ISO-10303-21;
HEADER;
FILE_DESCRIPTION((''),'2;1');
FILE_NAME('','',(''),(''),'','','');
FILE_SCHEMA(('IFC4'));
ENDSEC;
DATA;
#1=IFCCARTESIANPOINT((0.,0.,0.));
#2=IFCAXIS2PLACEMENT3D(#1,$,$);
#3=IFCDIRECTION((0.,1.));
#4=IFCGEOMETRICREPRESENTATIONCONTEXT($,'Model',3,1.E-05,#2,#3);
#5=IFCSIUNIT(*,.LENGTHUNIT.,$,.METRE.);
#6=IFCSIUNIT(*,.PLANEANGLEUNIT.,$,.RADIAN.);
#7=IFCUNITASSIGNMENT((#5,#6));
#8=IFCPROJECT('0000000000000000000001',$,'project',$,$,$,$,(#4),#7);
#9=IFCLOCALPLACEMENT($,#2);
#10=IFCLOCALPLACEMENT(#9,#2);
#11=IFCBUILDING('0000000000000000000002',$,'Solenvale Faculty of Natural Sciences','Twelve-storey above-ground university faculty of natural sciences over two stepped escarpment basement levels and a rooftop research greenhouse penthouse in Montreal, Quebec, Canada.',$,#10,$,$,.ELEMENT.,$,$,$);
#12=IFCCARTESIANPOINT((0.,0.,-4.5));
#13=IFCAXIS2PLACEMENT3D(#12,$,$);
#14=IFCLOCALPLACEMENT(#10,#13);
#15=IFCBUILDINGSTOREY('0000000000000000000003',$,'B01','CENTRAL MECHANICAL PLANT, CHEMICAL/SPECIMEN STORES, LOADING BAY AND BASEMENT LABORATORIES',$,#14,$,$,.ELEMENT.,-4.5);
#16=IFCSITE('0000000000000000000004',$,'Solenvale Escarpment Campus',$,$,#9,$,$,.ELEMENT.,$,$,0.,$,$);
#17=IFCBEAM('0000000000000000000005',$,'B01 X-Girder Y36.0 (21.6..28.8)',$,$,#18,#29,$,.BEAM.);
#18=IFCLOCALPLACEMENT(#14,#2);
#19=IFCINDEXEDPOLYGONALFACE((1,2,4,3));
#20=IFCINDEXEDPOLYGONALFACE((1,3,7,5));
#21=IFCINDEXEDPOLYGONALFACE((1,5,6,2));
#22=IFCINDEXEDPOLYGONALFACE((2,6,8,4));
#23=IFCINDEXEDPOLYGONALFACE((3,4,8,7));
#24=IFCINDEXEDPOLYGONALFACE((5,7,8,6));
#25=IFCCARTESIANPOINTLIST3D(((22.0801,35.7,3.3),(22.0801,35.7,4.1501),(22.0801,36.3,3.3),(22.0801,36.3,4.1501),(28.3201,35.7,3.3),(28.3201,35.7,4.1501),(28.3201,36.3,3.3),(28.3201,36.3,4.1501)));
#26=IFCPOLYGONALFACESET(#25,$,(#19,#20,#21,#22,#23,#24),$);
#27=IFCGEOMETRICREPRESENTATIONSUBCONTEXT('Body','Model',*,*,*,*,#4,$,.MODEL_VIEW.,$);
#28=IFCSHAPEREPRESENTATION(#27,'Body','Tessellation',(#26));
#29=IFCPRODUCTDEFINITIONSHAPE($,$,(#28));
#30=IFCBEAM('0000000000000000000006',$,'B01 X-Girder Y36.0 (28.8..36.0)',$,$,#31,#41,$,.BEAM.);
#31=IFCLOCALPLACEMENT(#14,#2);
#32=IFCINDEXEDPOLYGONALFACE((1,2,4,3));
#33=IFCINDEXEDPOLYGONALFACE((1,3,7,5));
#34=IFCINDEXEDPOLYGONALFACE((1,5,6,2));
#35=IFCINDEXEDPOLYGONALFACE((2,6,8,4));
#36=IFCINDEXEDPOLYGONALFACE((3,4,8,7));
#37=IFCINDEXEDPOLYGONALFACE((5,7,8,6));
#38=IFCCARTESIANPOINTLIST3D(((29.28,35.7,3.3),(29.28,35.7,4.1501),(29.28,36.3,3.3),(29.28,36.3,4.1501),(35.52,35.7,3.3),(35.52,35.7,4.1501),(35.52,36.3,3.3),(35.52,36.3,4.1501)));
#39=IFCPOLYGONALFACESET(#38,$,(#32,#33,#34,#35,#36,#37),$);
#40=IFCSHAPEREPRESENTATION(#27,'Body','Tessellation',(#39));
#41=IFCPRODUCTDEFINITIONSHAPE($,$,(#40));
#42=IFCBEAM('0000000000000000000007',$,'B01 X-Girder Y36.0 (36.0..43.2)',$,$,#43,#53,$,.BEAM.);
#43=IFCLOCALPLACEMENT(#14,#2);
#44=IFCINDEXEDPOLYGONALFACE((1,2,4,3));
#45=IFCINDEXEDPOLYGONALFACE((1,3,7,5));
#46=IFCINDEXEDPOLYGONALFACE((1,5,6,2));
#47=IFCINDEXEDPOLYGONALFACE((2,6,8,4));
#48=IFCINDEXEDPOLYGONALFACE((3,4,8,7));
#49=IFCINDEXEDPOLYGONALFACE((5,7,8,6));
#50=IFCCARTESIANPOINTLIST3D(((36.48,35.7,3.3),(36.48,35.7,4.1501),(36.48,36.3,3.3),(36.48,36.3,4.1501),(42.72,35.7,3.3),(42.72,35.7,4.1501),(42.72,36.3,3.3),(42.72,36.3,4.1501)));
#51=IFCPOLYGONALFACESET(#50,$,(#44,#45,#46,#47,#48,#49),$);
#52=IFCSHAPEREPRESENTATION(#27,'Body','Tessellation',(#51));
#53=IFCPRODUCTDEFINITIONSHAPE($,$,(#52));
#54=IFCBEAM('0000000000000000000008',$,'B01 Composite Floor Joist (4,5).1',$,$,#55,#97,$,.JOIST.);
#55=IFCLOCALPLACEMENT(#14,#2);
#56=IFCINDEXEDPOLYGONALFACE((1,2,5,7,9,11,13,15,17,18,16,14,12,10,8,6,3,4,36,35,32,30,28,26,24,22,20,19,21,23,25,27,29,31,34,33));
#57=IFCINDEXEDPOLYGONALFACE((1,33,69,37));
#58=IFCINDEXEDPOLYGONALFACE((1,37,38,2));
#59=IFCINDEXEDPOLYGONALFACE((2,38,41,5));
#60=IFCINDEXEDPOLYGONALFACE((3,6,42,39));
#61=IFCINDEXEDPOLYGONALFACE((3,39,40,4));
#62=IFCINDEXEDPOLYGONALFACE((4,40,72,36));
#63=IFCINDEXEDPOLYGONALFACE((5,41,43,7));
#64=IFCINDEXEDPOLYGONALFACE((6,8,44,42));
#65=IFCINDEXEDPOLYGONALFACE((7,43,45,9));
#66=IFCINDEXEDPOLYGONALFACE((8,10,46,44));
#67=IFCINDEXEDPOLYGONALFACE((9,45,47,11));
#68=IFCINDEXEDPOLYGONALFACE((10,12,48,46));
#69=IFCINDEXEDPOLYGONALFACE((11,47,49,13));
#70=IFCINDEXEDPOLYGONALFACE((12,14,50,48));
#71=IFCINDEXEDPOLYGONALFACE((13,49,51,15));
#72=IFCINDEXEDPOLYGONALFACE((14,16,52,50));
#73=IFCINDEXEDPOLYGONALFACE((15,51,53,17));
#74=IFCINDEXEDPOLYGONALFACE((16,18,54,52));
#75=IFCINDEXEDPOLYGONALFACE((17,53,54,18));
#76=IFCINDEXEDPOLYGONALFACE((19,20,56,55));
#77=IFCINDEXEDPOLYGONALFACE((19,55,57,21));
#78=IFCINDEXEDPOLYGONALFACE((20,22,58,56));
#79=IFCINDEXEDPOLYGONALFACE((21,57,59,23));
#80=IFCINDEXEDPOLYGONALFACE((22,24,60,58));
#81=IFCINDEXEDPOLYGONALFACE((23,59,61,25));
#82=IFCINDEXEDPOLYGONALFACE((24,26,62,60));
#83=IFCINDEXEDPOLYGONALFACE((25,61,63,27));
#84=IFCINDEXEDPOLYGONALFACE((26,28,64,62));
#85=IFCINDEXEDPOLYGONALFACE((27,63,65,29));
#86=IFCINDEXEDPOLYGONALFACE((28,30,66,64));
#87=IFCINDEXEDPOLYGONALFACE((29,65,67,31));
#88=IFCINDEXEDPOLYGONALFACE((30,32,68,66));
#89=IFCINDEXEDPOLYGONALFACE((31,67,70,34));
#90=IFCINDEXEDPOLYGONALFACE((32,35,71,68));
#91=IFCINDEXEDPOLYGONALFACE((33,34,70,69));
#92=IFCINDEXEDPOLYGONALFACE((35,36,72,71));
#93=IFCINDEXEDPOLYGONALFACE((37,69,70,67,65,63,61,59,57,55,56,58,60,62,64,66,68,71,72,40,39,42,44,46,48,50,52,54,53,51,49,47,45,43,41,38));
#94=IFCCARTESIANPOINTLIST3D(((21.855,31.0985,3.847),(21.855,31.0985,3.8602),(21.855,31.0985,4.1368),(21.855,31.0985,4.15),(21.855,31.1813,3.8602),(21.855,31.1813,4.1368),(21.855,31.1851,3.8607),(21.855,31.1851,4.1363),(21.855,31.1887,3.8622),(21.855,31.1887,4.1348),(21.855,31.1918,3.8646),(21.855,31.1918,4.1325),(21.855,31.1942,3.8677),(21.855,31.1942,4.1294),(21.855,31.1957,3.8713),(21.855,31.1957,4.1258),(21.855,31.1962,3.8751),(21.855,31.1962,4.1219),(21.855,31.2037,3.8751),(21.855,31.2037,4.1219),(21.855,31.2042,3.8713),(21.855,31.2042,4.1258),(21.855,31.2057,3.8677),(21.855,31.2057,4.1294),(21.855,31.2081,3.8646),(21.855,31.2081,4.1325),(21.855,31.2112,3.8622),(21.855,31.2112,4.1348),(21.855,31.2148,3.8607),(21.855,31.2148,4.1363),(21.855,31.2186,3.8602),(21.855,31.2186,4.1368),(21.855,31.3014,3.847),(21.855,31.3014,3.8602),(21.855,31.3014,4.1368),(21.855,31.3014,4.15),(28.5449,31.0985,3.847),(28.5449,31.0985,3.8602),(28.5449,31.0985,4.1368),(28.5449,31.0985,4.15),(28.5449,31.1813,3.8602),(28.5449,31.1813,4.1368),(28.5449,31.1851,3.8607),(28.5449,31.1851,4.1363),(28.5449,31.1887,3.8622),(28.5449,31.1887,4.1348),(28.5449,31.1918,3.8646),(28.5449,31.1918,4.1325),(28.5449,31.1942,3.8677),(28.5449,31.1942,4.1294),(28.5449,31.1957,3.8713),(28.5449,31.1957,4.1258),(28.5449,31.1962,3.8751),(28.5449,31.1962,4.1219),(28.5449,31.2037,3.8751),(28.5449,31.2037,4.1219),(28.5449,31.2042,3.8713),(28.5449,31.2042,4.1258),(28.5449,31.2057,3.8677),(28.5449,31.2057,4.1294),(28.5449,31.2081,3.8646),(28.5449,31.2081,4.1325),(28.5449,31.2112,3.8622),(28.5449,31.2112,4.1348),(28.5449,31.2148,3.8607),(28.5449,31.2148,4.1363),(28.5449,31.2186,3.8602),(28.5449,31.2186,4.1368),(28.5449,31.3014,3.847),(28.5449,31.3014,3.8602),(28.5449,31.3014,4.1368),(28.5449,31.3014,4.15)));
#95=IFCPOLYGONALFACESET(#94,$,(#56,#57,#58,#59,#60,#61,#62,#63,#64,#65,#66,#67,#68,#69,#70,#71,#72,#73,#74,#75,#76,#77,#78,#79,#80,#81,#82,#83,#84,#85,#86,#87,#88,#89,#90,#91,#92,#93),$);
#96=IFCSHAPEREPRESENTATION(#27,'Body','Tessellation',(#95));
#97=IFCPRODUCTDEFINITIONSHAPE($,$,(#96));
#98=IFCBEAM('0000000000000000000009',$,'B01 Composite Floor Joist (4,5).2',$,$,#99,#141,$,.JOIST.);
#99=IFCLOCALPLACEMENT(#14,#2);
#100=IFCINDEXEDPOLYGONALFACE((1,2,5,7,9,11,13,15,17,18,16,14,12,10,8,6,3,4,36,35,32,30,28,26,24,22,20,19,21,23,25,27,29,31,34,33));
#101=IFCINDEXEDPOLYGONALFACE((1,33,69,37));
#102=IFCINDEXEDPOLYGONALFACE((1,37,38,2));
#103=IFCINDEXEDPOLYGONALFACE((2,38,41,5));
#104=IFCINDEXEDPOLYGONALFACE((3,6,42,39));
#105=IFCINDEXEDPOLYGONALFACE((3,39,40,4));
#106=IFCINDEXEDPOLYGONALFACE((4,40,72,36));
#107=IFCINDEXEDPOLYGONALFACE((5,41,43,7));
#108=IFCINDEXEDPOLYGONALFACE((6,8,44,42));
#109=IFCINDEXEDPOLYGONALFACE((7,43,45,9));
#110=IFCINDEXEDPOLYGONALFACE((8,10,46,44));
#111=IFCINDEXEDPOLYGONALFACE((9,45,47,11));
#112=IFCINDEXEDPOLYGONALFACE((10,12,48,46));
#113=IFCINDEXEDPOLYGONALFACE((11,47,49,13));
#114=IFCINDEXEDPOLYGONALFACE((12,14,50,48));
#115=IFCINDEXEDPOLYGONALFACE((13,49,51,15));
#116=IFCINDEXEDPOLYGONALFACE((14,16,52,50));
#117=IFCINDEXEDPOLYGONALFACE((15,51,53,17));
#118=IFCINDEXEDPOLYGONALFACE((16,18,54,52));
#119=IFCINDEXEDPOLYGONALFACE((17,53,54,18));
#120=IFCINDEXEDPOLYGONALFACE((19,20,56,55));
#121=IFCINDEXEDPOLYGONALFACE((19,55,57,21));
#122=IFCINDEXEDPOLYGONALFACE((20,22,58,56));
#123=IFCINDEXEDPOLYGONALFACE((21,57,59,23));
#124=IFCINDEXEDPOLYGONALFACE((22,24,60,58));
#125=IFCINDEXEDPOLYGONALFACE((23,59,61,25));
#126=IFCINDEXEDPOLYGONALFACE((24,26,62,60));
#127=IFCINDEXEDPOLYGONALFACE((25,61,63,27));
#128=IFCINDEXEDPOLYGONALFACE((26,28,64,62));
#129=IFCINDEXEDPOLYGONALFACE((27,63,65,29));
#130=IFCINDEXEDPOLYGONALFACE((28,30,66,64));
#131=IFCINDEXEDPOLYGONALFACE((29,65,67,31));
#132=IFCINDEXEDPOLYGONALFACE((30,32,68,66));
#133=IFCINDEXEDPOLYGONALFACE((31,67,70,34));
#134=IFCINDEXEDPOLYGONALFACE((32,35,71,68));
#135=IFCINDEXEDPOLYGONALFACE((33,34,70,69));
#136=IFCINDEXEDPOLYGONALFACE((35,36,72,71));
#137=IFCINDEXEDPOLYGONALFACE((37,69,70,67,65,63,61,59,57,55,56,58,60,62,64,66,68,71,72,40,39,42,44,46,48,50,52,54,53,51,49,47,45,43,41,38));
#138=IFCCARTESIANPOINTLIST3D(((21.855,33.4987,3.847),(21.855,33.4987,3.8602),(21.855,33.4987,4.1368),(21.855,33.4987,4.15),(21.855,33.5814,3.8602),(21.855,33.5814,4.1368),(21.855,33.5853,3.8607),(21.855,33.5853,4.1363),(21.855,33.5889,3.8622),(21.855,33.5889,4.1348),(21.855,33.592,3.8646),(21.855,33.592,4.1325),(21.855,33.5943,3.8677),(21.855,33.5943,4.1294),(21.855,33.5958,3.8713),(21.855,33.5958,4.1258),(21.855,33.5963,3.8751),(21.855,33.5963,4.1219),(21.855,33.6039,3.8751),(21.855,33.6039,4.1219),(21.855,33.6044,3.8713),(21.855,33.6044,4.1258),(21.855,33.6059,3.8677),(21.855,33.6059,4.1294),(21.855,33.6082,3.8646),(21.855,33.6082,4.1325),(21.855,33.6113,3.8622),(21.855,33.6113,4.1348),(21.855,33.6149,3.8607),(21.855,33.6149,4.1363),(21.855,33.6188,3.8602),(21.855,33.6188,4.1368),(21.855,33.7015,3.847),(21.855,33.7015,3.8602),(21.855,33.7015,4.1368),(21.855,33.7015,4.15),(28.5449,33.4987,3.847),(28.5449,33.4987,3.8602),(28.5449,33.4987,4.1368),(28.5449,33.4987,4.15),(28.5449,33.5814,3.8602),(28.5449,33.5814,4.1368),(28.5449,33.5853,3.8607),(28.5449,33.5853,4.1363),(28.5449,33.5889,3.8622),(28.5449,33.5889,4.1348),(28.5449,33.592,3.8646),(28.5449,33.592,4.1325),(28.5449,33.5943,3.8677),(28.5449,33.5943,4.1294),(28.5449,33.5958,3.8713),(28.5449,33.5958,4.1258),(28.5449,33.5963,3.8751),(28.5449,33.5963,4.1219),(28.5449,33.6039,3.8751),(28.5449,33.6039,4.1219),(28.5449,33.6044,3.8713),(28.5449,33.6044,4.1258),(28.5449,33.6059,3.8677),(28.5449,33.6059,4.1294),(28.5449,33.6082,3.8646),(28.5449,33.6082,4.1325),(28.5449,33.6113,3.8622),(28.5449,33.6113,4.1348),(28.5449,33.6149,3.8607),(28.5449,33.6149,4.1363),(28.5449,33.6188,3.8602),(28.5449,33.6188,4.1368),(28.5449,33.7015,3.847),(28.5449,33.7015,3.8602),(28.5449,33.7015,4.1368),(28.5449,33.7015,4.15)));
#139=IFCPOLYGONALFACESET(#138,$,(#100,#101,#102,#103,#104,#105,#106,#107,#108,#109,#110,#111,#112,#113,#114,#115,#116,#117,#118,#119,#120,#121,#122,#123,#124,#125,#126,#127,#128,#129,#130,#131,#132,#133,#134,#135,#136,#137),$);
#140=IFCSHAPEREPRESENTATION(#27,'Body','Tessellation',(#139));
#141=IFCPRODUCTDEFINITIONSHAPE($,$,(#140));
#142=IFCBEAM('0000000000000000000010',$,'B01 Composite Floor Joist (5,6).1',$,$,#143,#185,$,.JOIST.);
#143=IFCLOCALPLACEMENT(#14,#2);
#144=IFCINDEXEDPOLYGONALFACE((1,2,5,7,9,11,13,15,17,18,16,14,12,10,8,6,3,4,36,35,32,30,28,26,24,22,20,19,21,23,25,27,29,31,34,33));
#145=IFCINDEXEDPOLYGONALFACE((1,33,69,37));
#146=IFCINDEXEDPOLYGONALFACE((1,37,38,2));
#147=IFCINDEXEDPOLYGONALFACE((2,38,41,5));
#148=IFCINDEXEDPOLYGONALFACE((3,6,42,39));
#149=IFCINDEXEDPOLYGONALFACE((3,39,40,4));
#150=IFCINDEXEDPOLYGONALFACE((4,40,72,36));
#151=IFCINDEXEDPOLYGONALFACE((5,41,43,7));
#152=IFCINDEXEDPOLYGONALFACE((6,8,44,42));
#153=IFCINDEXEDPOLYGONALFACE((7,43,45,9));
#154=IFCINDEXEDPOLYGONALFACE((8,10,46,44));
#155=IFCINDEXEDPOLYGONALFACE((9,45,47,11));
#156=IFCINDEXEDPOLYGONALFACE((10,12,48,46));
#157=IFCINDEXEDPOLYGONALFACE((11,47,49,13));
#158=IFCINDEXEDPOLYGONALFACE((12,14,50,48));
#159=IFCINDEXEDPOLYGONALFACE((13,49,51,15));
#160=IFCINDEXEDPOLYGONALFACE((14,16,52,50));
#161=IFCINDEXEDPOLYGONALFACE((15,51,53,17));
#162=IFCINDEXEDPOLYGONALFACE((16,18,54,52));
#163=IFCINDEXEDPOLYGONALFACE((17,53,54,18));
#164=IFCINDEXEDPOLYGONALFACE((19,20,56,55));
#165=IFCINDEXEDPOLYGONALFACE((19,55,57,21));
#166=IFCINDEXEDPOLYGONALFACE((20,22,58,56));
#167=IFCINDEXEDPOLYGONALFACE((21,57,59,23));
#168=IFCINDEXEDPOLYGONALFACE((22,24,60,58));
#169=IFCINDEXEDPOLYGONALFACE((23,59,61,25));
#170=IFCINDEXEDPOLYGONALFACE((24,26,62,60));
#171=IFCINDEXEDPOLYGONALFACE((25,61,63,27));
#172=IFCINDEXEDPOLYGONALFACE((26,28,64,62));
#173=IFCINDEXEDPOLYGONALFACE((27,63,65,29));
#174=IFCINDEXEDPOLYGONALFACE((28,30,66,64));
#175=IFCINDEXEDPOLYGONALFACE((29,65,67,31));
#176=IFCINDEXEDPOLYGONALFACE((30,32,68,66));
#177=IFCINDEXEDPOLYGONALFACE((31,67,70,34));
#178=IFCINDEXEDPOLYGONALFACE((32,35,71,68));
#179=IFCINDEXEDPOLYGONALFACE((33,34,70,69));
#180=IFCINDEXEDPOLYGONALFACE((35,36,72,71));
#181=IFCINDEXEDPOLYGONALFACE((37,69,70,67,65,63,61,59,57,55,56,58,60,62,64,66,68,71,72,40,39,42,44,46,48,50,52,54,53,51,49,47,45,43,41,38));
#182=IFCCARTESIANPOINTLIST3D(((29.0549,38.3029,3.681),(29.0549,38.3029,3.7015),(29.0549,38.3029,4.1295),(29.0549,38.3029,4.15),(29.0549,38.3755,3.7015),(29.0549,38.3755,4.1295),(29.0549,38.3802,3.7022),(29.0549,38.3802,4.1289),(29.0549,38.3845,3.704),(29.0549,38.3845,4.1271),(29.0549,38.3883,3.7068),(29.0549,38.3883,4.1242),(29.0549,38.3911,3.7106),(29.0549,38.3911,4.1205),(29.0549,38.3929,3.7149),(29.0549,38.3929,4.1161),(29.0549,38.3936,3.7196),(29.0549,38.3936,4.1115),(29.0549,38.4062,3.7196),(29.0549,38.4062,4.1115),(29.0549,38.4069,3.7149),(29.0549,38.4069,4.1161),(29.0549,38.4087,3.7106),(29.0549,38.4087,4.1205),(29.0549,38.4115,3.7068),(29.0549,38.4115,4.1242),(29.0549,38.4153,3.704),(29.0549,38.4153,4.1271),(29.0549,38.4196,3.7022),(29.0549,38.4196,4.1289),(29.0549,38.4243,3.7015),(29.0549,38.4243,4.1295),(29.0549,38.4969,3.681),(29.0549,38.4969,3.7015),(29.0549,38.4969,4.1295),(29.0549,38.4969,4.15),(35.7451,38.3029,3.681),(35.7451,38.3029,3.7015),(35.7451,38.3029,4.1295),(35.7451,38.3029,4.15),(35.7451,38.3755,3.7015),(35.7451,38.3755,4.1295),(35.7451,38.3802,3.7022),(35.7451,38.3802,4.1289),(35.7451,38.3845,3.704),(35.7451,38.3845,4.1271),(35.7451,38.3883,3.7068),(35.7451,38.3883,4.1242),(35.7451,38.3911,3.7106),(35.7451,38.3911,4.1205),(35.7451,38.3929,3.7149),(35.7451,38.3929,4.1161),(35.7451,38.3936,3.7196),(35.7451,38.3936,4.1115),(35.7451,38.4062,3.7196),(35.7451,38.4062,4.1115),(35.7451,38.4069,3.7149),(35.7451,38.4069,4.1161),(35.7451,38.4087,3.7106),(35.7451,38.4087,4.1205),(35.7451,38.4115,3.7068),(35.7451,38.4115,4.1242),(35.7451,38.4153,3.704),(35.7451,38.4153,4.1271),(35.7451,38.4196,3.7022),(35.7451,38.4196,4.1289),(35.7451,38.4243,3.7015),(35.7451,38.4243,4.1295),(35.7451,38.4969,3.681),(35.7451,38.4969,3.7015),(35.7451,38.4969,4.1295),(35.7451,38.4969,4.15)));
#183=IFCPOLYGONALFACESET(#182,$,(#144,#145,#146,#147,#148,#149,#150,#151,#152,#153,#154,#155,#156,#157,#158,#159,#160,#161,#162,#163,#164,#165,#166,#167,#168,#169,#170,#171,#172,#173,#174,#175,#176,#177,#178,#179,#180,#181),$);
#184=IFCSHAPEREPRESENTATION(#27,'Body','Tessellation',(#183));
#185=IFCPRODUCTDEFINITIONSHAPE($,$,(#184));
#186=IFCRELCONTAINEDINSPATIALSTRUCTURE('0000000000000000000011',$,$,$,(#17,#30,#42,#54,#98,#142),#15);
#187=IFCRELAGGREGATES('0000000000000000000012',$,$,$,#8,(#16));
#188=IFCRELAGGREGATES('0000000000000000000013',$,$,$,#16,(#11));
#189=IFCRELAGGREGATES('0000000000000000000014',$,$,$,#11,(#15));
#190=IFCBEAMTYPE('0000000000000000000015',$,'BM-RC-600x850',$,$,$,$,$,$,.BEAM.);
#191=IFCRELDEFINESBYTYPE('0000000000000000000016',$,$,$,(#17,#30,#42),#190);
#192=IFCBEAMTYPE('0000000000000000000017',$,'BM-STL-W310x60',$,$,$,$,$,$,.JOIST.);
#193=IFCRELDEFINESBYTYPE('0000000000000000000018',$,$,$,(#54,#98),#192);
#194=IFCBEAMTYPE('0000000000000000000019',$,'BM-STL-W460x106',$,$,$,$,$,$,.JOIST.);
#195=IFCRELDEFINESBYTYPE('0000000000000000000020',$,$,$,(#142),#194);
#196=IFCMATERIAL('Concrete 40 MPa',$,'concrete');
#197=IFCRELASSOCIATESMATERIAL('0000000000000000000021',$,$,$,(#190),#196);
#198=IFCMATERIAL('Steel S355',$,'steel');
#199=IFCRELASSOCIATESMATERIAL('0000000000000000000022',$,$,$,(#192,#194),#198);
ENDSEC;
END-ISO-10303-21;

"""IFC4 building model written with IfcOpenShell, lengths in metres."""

from ifc_helpers import new_model, si_unit, direction, frame, origin, origin_2d, place, context, subcontext, project, spatial, rectangle, i_section, extrude, material, material_profile, profile_set, type_object, element, save


model = new_model("IFC4")

# Units and contexts
model_context = context("Model", 3, precision=1e-05, world=origin(), true_north=direction((0.0, 1.0)))
body_context = subcontext(model_context, "Body", "Model", "MODEL_VIEW")
ifc_project = project(units=[si_unit("LENGTHUNIT", "METRE"), si_unit("PLANEANGLEUNIT", "RADIAN")], contexts=[model_context])

# Site, building, storey
site_placement = place(None, origin())
site = spatial("IfcSite", under=ifc_project, at=site_placement, Name="Solenvale Escarpment Campus", CompositionType="ELEMENT", RefElevation=0.0)
building_placement = place(site_placement, origin())
building = spatial("IfcBuilding", under=site, at=building_placement, Name="Solenvale Faculty of Natural Sciences", Description="Twelve-storey above-ground university faculty of natural sciences over two stepped escarpment basement levels and a rooftop research greenhouse penthouse in Montreal, Quebec, Canada.", CompositionType="ELEMENT")
storey_placement = place(building_placement, frame((0.0, 0.0, -4.5)))
storey = spatial("IfcBuildingStorey", under=building, at=storey_placement, Name="B01", Description="CENTRAL MECHANICAL PLANT, CHEMICAL/SPECIMEN STORES, LOADING BAY AND BASEMENT LABORATORIES", CompositionType="ELEMENT", Elevation=-4.5)

# Shared definitions
ifc_material_1 = material(Name="Concrete 40 MPa", Category="concrete")

# Beams
ifc_material_profile_1 = material_profile(ifc_material_1, rectangle(XDim=0.6001, YDim=0.8501, at=origin_2d()), Name="RC-BM-600x850")
ifc_profile_set_1 = profile_set([ifc_material_profile_1], Name="Concrete 40 MPa")
beam_type_1 = type_object("IfcBeamType", Name="BM-RC-600x850", PredefinedType="BEAM", material=ifc_profile_set_1)
for number, where, z_axis, x_axis, name in (
    (1, (22.0801, 36.0, 3.7251), (1.0, 0.0, 0.0), (0.0, 1.0, 0.0), "B01 X-Girder Y36.0 (21.6..28.8)"),
    (2, (29.28, 36.0, 3.7251), (1.0, 0.0, 0.0), (0.0, 1.0, 0.0), "B01 X-Girder Y36.0 (28.8..36.0)"),
    (3, (36.48, 36.0, 3.7251), (1.0, 0.0, 0.0), (0.0, 1.0, 0.0), "B01 X-Girder Y36.0 (36.0..43.2)"),
):
    element("IfcBeam", number, at=place(storey_placement, frame(where, z_axis=z_axis, x_axis=x_axis)), inside=storey, type_object=beam_type_1, Name=name, PredefinedType="BEAM", context=body_context, shape_type="SweptSolid", body=[
        extrude(rectangle(XDim=0.6001, YDim=0.8501, at=origin_2d()), origin(), (0.0, 0.0, 1.0), 6.24),
    ])
ifc_material_2 = material(Name="Steel S355", Category="steel")
ifc_material_profile_2 = material_profile(ifc_material_2, i_section(OverallWidth=0.2029, OverallDepth=0.303, WebThickness=0.0076, FlangeThickness=0.0132, FilletRadius=0.0149, at=origin_2d()), Name="W310x60")
ifc_profile_set_2 = profile_set([ifc_material_profile_2], Name="Steel S355")
beam_type_2 = type_object("IfcBeamType", Name="BM-STL-W310x60", PredefinedType="JOIST", material=ifc_profile_set_2)
for number, where, z_axis, x_axis, name in (
    (4, (21.855, 31.2, 3.9985), (1.0, 0.0, 0.0), (0.0, 1.0, 0.0), "B01 Composite Floor Joist (4,5).1"),
    (5, (21.855, 33.6001, 3.9985), (1.0, 0.0, 0.0), (0.0, 1.0, 0.0), "B01 Composite Floor Joist (4,5).2"),
):
    element("IfcBeam", number, at=place(storey_placement, frame(where, z_axis=z_axis, x_axis=x_axis)), inside=storey, type_object=beam_type_2, Name=name, PredefinedType="JOIST", context=body_context, shape_type="SweptSolid", body=[
        extrude(i_section(OverallWidth=0.2029, OverallDepth=0.303, WebThickness=0.0076, FlangeThickness=0.0132, FilletRadius=0.0149, at=origin_2d()), origin(), (0.0, 0.0, 1.0), 6.6899),
    ])
ifc_material_profile_3 = material_profile(ifc_material_2, i_section(OverallWidth=0.1941, OverallDepth=0.469, WebThickness=0.0127, FlangeThickness=0.0205, FilletRadius=0.0181, at=origin_2d()), Name="W460x106")
ifc_profile_set_3 = profile_set([ifc_material_profile_3], Name="Steel S355")
beam_type_3 = type_object("IfcBeamType", Name="BM-STL-W460x106", PredefinedType="JOIST", material=ifc_profile_set_3)
for number, where, z_axis, x_axis, name in (
    (6, (29.0549, 38.3999, 3.9155), (1.0, 0.0, 0.0), (0.0, 1.0, 0.0), "B01 Composite Floor Joist (5,6).1"),
):
    element("IfcBeam", number, at=place(storey_placement, frame(where, z_axis=z_axis, x_axis=x_axis)), inside=storey, type_object=beam_type_3, Name=name, PredefinedType="JOIST", context=body_context, shape_type="SweptSolid", body=[
        extrude(i_section(OverallWidth=0.1941, OverallDepth=0.469, WebThickness=0.0127, FlangeThickness=0.0205, FilletRadius=0.0181, at=origin_2d()), origin(), (0.0, 0.0, 1.0), 6.6902),
    ])

save(model, "model.ifc")
